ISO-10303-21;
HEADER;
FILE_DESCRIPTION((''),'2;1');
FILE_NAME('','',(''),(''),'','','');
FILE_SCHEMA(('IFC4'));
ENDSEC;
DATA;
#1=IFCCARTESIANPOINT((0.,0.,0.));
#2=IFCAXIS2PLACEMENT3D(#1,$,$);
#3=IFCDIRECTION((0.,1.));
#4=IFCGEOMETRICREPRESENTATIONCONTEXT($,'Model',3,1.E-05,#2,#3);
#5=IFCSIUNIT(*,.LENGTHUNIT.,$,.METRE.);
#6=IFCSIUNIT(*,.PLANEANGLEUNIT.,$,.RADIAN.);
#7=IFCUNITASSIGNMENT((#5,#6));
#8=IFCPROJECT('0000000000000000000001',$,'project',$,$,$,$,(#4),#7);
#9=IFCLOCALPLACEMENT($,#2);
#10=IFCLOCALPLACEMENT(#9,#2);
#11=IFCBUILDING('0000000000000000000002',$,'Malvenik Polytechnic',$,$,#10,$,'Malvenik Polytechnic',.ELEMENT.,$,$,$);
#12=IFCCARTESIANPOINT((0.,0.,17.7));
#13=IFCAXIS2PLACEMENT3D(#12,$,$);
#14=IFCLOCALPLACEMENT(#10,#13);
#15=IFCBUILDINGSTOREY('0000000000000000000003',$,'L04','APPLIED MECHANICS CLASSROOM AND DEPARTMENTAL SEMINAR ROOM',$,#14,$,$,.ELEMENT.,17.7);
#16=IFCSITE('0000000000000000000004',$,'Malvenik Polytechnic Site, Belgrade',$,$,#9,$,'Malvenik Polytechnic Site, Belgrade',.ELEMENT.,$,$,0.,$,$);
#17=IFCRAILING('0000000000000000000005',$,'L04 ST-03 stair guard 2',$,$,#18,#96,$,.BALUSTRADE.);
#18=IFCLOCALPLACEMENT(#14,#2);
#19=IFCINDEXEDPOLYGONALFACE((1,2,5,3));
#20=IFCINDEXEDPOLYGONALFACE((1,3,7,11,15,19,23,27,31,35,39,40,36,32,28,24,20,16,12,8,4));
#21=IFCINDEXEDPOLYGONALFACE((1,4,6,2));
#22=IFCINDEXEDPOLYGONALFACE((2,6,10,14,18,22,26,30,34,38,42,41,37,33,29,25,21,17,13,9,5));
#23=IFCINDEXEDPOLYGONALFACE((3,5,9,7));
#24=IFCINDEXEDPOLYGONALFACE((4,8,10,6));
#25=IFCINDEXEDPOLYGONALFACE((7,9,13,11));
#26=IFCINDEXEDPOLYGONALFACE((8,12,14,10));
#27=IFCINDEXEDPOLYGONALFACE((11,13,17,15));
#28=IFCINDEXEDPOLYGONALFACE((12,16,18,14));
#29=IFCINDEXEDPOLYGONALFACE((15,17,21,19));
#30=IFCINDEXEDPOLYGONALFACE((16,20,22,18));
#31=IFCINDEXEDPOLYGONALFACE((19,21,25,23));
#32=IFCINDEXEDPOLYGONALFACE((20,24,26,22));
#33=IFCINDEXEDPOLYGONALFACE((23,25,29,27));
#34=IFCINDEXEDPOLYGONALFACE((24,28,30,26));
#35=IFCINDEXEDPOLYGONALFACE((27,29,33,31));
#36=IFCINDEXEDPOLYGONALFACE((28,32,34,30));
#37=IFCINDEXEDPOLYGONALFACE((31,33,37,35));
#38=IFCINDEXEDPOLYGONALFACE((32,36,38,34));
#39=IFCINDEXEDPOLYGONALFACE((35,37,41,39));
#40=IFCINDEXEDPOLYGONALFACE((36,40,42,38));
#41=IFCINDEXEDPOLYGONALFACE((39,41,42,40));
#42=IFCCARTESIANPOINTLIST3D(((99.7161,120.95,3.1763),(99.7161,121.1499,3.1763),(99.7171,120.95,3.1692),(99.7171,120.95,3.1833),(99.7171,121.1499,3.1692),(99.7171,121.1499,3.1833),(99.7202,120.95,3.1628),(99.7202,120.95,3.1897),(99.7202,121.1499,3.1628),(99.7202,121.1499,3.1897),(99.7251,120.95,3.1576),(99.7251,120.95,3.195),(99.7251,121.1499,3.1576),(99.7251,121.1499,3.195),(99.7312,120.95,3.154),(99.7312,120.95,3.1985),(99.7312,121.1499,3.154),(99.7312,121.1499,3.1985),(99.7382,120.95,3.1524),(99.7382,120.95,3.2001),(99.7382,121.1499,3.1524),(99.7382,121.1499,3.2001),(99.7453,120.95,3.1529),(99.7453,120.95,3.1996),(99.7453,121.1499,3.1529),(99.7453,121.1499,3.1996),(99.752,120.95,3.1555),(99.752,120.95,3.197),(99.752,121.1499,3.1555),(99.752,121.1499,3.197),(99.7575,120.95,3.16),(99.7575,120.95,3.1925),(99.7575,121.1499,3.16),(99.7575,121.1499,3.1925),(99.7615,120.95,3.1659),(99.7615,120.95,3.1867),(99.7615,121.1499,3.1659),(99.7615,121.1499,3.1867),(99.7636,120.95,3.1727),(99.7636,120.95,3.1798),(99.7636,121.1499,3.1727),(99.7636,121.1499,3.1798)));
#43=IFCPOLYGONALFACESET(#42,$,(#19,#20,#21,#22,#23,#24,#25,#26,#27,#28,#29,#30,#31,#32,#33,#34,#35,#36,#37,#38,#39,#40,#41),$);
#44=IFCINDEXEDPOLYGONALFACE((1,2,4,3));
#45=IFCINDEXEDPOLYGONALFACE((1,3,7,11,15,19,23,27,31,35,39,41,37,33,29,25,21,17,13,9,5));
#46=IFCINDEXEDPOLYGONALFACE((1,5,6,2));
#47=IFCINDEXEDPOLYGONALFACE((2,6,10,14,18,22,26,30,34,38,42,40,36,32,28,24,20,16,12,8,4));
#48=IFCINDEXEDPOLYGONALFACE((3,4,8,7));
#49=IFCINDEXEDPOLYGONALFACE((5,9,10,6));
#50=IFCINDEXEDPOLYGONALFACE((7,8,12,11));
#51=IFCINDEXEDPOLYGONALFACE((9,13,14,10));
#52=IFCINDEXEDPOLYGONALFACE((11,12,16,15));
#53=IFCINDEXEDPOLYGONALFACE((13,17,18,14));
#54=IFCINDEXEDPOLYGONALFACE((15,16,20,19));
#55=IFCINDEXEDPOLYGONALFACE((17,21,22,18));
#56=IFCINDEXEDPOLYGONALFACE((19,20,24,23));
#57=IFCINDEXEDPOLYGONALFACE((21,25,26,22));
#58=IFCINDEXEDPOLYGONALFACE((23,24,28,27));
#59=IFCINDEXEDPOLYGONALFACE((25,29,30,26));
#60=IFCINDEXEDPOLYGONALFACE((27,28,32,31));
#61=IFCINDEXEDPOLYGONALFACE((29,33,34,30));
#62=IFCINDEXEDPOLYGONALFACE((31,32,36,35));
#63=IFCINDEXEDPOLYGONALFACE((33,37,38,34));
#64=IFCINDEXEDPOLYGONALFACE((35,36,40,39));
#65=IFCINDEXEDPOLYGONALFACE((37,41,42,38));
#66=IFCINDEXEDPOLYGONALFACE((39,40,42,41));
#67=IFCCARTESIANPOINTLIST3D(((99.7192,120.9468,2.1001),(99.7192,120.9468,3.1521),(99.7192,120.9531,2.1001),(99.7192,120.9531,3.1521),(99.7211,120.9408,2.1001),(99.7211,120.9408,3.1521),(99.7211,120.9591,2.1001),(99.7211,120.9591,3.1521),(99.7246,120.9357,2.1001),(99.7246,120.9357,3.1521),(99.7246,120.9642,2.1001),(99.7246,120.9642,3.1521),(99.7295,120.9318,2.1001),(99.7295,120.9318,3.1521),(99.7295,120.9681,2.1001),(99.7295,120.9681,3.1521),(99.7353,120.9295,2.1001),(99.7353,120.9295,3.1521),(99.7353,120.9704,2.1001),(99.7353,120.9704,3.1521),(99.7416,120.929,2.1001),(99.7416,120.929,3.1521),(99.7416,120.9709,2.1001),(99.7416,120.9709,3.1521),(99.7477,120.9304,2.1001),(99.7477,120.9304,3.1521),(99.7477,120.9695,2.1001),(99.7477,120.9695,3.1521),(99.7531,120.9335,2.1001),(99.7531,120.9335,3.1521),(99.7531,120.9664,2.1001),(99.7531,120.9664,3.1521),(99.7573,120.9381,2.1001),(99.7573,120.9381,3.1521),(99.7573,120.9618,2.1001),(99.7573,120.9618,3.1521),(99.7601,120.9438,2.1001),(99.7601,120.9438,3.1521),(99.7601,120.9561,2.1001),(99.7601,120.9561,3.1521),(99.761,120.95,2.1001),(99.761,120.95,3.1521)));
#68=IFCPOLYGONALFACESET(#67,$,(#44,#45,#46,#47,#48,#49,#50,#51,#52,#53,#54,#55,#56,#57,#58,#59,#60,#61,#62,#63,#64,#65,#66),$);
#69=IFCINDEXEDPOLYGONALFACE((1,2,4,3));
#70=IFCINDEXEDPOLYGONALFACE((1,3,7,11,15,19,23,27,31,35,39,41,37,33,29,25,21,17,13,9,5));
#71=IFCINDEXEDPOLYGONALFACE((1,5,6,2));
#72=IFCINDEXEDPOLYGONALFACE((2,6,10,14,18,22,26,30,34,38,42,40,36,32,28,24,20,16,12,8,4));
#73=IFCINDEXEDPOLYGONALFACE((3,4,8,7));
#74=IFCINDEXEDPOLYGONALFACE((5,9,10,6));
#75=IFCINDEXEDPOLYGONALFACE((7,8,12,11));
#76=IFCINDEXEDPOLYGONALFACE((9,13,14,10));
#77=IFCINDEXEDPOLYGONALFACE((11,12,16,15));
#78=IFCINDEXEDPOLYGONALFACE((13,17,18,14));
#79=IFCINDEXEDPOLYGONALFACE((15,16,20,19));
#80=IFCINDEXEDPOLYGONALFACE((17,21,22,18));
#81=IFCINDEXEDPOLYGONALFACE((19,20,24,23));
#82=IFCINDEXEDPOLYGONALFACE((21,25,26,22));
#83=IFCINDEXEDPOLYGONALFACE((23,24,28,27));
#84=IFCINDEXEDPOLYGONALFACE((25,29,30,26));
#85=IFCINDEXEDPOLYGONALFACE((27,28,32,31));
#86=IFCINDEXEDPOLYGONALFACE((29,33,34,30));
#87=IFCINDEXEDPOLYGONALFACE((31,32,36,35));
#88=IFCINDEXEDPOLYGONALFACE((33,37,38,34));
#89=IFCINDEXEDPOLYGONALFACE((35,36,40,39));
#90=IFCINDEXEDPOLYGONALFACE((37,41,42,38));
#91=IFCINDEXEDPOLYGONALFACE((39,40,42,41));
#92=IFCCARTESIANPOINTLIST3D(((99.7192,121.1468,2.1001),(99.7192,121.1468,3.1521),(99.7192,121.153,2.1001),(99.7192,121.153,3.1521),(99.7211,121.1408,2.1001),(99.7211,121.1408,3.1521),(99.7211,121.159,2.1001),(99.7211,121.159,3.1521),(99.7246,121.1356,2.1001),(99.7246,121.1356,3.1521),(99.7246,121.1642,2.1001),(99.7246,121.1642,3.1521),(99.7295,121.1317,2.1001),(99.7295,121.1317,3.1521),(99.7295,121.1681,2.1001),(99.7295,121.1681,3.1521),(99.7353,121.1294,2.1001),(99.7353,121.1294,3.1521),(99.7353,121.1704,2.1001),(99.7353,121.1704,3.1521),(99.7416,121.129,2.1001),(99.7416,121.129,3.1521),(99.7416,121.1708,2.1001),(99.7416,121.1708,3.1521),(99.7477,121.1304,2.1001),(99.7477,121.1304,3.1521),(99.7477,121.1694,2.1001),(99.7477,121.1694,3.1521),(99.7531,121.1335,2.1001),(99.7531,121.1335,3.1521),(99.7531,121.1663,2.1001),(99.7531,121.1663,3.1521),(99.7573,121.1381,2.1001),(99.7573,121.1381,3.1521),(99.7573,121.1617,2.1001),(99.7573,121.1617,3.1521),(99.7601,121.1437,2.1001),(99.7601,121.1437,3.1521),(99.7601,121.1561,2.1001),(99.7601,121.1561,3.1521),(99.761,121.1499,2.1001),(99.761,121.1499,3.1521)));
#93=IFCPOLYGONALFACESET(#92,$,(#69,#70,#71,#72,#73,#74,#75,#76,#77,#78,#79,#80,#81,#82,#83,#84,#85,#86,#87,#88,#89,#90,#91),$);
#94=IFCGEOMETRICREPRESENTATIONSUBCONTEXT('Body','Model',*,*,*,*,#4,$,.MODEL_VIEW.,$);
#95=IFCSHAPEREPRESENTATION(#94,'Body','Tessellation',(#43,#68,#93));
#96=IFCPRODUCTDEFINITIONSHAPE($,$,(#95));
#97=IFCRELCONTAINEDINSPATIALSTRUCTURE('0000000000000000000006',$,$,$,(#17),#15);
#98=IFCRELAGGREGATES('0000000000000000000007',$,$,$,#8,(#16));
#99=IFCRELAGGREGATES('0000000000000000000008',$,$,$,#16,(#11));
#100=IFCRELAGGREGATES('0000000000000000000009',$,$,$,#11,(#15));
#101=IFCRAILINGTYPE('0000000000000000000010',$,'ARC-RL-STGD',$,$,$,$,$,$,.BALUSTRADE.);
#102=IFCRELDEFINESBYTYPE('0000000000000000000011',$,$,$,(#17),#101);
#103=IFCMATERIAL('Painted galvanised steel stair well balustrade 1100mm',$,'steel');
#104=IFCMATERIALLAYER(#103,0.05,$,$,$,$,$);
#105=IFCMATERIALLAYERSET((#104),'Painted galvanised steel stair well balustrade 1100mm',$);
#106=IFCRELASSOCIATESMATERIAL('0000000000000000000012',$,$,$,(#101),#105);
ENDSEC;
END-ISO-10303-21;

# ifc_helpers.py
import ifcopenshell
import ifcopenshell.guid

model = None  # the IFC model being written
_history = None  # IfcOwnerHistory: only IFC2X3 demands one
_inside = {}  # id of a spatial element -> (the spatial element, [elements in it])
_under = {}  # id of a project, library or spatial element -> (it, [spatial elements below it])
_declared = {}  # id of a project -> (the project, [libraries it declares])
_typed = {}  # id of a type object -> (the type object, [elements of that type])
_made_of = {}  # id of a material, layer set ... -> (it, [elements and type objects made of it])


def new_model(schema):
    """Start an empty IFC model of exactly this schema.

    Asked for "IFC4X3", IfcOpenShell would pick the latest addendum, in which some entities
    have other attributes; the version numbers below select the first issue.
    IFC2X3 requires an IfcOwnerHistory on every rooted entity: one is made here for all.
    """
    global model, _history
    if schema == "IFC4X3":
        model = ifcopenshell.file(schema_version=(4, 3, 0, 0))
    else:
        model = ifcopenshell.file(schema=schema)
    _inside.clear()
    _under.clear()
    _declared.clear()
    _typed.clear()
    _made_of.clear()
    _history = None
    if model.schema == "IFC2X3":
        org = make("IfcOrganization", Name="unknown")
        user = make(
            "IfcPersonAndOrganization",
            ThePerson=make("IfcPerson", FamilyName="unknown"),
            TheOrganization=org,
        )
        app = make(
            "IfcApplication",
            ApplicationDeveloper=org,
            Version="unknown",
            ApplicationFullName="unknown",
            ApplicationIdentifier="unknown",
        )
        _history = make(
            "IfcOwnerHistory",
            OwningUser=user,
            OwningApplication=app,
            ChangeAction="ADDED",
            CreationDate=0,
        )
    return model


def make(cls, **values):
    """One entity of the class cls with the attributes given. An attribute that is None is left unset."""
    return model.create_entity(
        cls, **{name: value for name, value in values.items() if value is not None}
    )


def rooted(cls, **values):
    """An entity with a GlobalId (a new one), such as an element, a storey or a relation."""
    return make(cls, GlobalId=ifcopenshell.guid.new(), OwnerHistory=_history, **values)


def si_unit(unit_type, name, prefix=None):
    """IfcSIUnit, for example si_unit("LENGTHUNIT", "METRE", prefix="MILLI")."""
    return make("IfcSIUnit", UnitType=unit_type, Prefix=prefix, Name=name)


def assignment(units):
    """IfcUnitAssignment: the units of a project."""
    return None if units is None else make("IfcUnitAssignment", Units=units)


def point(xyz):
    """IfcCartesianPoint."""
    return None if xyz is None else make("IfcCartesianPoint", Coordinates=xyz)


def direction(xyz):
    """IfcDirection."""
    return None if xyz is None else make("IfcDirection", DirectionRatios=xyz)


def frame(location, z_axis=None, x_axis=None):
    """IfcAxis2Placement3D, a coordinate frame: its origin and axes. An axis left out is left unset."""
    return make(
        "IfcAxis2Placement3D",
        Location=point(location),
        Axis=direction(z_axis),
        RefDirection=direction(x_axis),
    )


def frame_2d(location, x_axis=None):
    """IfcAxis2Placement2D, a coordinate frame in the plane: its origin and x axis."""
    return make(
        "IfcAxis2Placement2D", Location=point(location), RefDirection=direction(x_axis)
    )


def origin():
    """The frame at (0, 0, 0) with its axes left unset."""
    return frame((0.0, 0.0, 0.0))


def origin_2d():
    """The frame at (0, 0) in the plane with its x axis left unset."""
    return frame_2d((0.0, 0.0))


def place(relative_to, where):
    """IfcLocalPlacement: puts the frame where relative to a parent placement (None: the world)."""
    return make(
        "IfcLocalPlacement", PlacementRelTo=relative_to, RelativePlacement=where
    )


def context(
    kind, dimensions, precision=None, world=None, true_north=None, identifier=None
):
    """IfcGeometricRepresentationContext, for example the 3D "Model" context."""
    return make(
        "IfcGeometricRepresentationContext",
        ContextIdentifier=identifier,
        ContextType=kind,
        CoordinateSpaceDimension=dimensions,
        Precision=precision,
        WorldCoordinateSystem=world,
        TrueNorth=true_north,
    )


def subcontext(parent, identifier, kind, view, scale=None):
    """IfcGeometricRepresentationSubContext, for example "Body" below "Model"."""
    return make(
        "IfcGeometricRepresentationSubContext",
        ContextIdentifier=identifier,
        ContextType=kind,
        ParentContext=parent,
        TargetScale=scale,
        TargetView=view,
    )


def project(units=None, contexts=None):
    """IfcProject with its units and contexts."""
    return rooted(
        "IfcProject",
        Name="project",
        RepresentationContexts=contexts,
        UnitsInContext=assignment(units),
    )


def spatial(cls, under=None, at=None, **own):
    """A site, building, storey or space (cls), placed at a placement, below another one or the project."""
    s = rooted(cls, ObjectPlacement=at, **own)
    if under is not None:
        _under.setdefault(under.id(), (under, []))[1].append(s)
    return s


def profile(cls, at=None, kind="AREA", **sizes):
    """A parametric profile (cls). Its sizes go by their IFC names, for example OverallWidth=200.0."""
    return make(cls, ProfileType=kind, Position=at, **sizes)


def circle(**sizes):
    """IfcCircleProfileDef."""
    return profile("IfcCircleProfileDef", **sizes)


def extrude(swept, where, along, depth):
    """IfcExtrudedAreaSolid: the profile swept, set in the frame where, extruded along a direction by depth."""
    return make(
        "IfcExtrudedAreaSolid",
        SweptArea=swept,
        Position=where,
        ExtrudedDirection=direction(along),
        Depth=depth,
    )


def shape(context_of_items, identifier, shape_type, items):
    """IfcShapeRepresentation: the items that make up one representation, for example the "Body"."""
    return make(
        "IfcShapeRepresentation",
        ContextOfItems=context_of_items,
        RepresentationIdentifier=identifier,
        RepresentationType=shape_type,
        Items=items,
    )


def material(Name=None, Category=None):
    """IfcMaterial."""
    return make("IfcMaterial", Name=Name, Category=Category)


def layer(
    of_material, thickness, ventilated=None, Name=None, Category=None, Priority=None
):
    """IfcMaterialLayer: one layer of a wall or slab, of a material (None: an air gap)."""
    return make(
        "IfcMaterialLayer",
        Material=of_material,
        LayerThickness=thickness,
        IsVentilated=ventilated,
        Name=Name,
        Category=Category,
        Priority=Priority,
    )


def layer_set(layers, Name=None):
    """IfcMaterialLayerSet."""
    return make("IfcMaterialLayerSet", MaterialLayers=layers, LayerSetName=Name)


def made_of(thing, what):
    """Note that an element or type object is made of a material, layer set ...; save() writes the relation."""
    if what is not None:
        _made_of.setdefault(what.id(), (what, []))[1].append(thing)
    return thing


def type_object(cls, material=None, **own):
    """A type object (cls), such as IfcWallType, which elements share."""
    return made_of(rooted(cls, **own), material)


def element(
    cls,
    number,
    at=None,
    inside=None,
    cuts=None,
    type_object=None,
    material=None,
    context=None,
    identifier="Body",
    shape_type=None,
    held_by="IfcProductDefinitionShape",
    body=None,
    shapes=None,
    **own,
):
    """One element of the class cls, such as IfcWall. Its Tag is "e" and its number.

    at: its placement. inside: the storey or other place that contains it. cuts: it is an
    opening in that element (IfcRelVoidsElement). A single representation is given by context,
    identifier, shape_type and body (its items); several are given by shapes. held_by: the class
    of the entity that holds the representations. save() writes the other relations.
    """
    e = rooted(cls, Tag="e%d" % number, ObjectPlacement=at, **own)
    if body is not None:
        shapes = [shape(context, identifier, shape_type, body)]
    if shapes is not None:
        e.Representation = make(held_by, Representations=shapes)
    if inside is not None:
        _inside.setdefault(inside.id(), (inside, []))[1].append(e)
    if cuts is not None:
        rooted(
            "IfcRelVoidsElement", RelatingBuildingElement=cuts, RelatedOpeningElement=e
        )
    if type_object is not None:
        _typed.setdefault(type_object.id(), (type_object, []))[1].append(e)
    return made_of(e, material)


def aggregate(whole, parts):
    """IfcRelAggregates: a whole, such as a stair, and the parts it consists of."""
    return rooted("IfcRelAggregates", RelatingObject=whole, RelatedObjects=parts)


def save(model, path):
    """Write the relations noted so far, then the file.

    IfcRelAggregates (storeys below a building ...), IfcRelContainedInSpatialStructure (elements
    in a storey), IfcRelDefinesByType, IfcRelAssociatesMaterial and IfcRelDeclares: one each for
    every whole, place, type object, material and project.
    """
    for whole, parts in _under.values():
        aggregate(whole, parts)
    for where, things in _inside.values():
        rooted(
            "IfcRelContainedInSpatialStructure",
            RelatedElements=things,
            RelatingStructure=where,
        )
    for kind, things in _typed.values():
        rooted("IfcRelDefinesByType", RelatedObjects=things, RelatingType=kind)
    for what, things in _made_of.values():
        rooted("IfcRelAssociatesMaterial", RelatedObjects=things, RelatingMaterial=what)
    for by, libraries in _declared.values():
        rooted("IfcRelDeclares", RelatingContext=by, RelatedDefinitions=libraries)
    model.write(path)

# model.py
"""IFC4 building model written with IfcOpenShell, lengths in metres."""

from ifc_helpers import new_model, si_unit, direction, frame, origin, origin_2d, place, context, subcontext, project, spatial, circle, extrude, material, layer, layer_set, type_object, element, save


model = new_model("IFC4")

# Units and contexts
model_context = context("Model", 3, precision=1e-05, world=origin(), true_north=direction((0.0, 1.0)))
body_context = subcontext(model_context, "Body", "Model", "MODEL_VIEW")
ifc_project = project(units=[si_unit("LENGTHUNIT", "METRE"), si_unit("PLANEANGLEUNIT", "RADIAN")], contexts=[model_context])

# Site, building, storey
site_placement = place(None, origin())
site = spatial("IfcSite", under=ifc_project, at=site_placement, Name="Malvenik Polytechnic Site, Belgrade", LongName="Malvenik Polytechnic Site, Belgrade", CompositionType="ELEMENT", RefElevation=0.0)
building_placement = place(site_placement, origin())
building = spatial("IfcBuilding", under=site, at=building_placement, Name="Malvenik Polytechnic", LongName="Malvenik Polytechnic", CompositionType="ELEMENT")
storey_placement = place(building_placement, frame((0.0, 0.0, 17.7)))
storey = spatial("IfcBuildingStorey", under=building, at=storey_placement, Name="L04", Description="APPLIED MECHANICS CLASSROOM AND DEPARTMENTAL SEMINAR ROOM", CompositionType="ELEMENT", Elevation=17.7)

# Railing
ifc_material_1 = material(Name="Painted galvanised steel stair well balustrade 1100mm", Category="steel")
ifc_layer_1 = layer(ifc_material_1, 0.05)
ifc_layer_set_1 = layer_set([ifc_layer_1], Name="Painted galvanised steel stair well balustrade 1100mm")
railing_type_1 = type_object("IfcRailingType", Name="ARC-RL-STGD", PredefinedType="BALUSTRADE", material=ifc_layer_set_1)
railing_1_placement = place(storey_placement, frame((99.74, 120.95, 2.1001)))
element("IfcRailing", 1, at=railing_1_placement, inside=storey, type_object=railing_type_1, Name="L04 ST-03 stair guard 2", PredefinedType="BALUSTRADE", context=body_context, shape_type="SweptSolid", body=[
    extrude(circle(Radius=0.0239, at=origin_2d()), frame((0.0, 0.0, 1.0762), z_axis=(0.0, 1.0, 0.0), x_axis=(-1.0, 0.0, 0.0)), (0.0, 0.0, 1.0), 0.2),
    extrude(circle(Radius=0.021, at=origin_2d()), origin(), (0.0, 0.0, 1.0), 1.052),
    extrude(circle(Radius=0.021, at=origin_2d()), frame((0.0, 0.2, 0.0)), (0.0, 0.0, 1.0), 1.052),
])

save(model, "model.ifc")
